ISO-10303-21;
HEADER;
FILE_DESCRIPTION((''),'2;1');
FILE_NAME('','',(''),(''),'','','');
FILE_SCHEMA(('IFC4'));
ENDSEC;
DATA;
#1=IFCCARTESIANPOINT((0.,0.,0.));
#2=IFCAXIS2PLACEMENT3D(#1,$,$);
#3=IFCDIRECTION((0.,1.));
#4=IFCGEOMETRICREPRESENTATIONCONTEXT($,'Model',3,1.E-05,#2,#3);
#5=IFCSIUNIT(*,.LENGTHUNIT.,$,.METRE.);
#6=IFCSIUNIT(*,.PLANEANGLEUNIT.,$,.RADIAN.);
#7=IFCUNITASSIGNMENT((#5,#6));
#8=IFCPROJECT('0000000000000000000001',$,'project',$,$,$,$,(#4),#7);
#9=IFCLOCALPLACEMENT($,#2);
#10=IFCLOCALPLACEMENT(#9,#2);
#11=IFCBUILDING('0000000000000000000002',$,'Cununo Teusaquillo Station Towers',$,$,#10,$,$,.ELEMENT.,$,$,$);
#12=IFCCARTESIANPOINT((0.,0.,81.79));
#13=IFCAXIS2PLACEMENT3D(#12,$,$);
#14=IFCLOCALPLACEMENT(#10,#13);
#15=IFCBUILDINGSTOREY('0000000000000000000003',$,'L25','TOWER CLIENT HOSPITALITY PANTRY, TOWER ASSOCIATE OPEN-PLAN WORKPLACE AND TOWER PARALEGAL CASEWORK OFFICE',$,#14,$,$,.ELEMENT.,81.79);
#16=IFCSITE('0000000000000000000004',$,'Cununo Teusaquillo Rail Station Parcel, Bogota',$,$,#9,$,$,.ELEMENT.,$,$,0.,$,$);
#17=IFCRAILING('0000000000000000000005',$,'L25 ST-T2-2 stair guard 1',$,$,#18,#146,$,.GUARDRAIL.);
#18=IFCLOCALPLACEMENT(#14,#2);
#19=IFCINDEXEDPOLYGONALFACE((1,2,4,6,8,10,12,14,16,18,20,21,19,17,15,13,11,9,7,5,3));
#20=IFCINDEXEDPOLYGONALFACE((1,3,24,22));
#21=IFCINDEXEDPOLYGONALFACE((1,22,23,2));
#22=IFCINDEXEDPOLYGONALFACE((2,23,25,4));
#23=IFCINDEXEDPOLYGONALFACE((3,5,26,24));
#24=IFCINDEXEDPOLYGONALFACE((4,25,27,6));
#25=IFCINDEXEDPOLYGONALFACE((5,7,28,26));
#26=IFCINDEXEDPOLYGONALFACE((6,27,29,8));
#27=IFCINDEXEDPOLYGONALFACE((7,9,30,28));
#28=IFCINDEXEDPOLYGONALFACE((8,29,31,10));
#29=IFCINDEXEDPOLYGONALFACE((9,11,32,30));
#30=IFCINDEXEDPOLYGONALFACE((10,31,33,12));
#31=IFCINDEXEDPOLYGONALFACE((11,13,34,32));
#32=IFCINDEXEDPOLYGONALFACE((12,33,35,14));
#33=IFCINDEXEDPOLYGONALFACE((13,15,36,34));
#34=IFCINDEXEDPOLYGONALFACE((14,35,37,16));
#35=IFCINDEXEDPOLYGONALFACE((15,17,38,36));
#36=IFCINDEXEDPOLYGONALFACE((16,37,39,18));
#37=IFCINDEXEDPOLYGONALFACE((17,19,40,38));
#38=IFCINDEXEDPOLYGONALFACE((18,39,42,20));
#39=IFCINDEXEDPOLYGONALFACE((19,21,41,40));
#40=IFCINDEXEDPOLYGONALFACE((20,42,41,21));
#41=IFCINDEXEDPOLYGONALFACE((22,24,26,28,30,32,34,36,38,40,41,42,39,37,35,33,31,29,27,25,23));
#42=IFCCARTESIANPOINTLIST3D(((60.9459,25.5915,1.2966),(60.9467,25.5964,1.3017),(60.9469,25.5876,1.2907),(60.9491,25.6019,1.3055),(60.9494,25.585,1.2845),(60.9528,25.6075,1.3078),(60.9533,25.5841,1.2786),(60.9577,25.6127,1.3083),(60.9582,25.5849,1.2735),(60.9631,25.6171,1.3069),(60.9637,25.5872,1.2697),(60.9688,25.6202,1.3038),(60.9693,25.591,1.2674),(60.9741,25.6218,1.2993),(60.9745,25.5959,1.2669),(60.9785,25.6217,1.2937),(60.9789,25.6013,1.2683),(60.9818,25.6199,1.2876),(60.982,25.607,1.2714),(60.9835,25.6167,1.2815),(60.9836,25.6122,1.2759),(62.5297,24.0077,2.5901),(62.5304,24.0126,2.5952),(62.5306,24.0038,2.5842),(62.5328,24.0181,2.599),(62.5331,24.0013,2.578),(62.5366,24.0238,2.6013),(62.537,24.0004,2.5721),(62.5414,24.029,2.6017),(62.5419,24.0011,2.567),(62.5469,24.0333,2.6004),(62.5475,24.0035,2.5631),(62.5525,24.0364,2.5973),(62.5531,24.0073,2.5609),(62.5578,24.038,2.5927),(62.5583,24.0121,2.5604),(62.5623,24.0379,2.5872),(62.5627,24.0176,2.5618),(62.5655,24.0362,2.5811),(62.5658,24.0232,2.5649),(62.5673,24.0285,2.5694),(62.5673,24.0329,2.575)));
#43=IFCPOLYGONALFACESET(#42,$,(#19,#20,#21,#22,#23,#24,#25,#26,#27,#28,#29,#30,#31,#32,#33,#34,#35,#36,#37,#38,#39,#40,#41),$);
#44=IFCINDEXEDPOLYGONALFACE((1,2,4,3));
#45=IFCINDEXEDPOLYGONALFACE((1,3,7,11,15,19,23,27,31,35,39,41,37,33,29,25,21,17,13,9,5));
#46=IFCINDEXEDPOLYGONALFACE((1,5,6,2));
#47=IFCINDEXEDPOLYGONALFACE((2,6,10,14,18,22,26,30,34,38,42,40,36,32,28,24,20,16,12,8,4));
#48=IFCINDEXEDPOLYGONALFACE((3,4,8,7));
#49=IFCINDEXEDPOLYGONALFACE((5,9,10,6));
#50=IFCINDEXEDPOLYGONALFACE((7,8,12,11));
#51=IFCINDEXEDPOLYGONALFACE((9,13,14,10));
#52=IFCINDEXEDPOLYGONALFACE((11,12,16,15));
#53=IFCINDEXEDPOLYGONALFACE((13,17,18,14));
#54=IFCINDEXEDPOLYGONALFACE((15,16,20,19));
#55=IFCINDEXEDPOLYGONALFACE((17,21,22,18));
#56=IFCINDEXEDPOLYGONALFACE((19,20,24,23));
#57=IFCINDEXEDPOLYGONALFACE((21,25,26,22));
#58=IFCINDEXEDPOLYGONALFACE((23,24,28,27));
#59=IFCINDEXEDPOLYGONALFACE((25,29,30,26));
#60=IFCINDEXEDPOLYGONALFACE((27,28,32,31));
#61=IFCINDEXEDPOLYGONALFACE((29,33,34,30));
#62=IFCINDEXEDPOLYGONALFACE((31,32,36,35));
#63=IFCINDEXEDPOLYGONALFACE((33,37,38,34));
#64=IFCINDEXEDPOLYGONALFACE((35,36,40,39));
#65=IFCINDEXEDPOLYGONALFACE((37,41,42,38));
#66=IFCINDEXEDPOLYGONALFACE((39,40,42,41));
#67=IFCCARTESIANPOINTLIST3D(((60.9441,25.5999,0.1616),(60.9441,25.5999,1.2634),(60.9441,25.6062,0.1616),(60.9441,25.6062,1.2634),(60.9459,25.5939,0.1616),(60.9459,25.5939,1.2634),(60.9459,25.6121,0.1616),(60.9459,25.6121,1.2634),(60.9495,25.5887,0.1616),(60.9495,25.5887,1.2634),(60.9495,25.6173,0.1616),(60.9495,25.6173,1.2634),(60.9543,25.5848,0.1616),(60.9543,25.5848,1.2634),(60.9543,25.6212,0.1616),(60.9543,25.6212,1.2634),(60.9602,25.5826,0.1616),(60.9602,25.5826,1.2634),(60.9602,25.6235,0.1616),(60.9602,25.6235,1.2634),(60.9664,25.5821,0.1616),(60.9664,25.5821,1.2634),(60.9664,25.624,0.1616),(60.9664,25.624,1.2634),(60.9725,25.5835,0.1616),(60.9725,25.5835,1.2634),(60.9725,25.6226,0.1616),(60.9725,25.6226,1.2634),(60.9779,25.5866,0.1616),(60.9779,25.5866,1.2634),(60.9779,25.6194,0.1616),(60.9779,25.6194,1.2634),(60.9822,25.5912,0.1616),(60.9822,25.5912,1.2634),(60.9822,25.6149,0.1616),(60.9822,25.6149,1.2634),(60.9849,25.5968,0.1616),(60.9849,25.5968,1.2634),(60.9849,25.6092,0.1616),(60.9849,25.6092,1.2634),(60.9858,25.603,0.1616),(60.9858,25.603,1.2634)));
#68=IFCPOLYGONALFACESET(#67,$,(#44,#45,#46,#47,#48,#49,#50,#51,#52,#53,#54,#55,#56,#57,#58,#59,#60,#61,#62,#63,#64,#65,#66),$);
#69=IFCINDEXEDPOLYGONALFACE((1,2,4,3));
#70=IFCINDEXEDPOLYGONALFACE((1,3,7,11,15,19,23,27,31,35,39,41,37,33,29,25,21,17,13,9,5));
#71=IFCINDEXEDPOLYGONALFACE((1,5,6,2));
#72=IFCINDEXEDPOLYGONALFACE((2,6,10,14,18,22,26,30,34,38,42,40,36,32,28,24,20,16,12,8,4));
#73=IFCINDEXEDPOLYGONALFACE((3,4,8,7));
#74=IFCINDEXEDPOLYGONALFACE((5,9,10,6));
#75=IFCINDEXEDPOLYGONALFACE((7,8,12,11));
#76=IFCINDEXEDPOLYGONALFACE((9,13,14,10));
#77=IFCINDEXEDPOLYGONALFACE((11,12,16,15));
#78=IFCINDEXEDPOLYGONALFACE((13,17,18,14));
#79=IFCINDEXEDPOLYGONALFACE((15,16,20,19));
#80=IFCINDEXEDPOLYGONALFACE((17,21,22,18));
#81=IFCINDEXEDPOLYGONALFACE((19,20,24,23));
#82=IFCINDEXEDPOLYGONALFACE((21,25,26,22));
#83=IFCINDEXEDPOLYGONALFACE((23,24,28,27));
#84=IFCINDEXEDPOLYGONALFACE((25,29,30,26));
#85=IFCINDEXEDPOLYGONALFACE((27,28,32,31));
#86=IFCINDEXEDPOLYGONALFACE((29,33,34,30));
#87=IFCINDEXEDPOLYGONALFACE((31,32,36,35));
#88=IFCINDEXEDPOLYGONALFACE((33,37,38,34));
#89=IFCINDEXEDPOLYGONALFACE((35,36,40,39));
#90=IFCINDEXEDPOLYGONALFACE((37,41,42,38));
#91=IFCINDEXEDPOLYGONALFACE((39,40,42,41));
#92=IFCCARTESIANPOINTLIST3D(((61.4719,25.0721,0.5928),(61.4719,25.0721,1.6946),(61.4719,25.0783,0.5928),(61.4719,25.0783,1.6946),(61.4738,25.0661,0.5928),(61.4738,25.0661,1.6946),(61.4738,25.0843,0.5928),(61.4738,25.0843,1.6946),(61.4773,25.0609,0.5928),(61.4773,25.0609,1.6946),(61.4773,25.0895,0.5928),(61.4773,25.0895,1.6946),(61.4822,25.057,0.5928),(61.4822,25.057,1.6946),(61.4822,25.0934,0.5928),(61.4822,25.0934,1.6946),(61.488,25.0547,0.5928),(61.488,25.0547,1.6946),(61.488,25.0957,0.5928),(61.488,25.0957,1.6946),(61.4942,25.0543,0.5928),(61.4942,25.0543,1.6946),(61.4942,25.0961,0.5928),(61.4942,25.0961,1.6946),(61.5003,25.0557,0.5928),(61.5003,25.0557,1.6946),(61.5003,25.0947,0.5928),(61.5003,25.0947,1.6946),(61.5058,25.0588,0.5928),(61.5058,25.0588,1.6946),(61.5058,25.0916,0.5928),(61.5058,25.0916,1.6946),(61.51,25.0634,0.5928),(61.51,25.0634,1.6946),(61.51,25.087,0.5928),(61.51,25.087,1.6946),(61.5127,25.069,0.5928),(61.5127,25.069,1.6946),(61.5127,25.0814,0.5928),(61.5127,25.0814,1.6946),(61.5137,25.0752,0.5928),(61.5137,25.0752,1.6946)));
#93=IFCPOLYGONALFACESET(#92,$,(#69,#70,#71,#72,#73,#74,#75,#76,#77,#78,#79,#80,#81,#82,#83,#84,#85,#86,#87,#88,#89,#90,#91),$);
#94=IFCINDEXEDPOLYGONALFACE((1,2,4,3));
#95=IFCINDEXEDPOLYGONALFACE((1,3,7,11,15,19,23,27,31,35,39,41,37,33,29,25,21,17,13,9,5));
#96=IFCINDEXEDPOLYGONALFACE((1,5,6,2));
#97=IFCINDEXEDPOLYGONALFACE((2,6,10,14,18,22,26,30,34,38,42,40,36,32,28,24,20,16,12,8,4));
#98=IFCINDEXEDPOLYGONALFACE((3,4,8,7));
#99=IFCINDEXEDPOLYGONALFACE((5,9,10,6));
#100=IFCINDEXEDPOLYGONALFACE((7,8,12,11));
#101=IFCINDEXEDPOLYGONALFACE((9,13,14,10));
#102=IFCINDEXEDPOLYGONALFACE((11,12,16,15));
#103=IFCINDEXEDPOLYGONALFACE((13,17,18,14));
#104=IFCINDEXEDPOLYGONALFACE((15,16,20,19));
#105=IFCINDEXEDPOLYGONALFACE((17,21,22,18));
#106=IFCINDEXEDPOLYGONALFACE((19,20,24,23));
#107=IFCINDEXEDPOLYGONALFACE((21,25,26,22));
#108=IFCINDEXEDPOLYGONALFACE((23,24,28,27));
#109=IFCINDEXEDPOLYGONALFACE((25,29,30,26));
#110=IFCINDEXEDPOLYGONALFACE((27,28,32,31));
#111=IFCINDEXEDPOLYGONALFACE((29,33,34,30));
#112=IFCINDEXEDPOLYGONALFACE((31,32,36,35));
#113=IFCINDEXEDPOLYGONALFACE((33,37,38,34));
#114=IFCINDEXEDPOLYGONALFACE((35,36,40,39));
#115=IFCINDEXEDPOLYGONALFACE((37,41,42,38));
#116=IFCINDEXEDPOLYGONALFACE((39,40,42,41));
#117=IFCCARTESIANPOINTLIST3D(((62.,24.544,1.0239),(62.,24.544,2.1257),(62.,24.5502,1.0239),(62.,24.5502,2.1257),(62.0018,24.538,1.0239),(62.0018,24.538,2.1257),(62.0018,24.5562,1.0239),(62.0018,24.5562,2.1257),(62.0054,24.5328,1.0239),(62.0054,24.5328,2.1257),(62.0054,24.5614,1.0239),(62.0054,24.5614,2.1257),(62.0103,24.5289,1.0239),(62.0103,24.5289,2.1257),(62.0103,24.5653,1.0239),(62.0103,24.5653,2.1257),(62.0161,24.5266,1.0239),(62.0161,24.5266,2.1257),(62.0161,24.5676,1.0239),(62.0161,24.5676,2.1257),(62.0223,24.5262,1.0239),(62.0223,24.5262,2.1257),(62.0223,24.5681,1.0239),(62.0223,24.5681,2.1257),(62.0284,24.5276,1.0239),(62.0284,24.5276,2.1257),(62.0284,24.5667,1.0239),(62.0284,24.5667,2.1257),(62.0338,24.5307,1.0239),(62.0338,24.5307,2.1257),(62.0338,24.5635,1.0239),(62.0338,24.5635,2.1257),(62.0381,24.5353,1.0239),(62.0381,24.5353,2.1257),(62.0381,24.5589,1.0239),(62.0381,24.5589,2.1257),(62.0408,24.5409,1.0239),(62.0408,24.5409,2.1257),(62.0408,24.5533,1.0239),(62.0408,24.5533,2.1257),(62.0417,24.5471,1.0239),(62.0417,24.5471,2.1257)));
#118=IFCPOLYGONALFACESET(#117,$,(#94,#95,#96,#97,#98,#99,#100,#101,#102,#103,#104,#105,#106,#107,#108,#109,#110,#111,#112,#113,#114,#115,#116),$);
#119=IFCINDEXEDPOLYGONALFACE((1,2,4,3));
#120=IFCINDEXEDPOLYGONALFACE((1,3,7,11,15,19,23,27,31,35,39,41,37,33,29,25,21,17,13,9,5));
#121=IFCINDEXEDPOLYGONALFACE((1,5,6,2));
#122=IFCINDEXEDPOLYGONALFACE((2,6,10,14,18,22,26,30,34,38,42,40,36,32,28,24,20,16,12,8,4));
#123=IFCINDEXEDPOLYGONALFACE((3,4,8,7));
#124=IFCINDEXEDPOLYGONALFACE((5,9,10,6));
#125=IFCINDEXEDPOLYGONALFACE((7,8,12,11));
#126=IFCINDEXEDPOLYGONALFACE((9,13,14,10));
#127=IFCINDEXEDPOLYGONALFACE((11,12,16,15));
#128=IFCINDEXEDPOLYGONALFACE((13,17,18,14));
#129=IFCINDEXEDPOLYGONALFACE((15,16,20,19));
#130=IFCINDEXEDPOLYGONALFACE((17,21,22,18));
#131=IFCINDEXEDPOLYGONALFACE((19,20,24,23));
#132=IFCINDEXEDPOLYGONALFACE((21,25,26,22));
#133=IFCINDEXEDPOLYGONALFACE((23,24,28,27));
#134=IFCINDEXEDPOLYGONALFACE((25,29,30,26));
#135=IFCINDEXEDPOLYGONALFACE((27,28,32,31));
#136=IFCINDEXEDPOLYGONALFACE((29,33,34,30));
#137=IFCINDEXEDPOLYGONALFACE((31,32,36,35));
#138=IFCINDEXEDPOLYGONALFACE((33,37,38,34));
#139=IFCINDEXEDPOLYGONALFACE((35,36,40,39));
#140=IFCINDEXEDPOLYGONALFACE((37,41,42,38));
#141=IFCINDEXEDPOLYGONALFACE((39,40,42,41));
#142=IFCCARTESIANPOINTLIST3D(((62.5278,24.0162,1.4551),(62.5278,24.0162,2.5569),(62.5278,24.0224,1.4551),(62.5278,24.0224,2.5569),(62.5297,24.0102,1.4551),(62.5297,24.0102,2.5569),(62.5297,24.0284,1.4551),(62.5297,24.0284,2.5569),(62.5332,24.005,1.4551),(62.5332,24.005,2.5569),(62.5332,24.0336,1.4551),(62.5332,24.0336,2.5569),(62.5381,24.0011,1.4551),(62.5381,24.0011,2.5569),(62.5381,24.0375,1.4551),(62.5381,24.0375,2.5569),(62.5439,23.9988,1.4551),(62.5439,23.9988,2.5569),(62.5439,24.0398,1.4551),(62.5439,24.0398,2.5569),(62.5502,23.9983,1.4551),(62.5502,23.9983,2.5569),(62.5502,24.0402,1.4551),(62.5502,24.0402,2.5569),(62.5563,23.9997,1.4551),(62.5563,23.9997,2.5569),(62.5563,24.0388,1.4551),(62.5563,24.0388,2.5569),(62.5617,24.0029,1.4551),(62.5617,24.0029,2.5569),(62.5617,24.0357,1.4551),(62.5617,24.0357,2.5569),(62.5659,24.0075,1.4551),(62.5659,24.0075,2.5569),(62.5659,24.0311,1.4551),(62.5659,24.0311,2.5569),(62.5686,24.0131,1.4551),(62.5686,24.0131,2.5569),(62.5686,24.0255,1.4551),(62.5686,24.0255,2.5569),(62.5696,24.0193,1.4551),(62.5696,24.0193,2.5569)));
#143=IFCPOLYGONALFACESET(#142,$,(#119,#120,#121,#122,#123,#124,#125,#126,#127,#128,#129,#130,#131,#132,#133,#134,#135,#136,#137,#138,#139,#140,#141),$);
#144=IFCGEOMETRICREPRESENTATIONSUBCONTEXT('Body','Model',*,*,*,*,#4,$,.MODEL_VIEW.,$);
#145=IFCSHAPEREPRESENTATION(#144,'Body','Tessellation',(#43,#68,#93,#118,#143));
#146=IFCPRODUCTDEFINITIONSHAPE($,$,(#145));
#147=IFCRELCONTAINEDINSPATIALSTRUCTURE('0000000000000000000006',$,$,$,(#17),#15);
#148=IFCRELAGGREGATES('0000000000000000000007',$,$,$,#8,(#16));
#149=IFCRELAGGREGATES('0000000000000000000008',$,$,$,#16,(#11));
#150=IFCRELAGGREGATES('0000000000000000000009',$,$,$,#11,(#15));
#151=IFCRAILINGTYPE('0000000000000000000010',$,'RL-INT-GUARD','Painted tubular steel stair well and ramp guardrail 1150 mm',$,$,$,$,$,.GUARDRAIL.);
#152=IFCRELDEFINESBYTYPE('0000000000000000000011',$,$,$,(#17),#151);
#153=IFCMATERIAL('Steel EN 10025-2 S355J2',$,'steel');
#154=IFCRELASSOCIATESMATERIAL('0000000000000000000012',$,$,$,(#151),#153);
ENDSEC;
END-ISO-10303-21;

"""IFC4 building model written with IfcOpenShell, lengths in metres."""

from ifc_helpers import new_model, si_unit, direction, frame, origin, origin_2d, place, context, subcontext, project, spatial, circle, extrude, material, type_object, element, save


model = new_model("IFC4")

# Units and contexts
model_context = context("Model", 3, precision=1e-05, world=origin(), true_north=direction((0.0, 1.0)))
body_context = subcontext(model_context, "Body", "Model", "MODEL_VIEW")
ifc_project = project(units=[si_unit("LENGTHUNIT", "METRE"), si_unit("PLANEANGLEUNIT", "RADIAN")], contexts=[model_context])

# Site, building, storey
site_placement = place(None, origin())
site = spatial("IfcSite", under=ifc_project, at=site_placement, Name="Cununo Teusaquillo Rail Station Parcel, Bogota", CompositionType="ELEMENT", RefElevation=0.0)
building_placement = place(site_placement, origin())
building = spatial("IfcBuilding", under=site, at=building_placement, Name="Cununo Teusaquillo Station Towers", CompositionType="ELEMENT")
storey_placement = place(building_placement, frame((0.0, 0.0, 81.79)))
storey = spatial("IfcBuildingStorey", under=building, at=storey_placement, Name="L25", Description="TOWER CLIENT HOSPITALITY PANTRY, TOWER ASSOCIATE OPEN-PLAN WORKPLACE AND TOWER PARALEGAL CASEWORK OFFICE", CompositionType="ELEMENT", Elevation=81.79)

# Railing
ifc_material_1 = material(Name="Steel EN 10025-2 S355J2", Category="steel")
railing_type_1 = type_object("IfcRailingType", Name="RL-INT-GUARD", Description="Painted tubular steel stair well and ramp guardrail 1150 mm", PredefinedType="GUARDRAIL", material=ifc_material_1)
railing_1_placement = place(storey_placement, frame((60.9648, 25.603, 0.1616)))
element("IfcRailing", 1, at=railing_1_placement, inside=storey, type_object=railing_type_1, Name="L25 ST-T2-2 stair guard 1", PredefinedType="GUARDRAIL", context=body_context, shape_type="SweptSolid", body=[
    extrude(circle(Radius=0.0239, at=origin_2d()), frame((0.0, 0.0, 1.126), z_axis=(0.612332, -0.612332, 0.500098), x_axis=(0.707107, 0.707107, 0.0)), (0.0, 0.0, 1.0), 2.5864),
    extrude(circle(Radius=0.021, at=origin_2d()), origin(), (0.0, 0.0, 1.0), 1.1018),
    extrude(circle(Radius=0.021, at=origin_2d()), frame((0.5278, -0.5278, 0.4312)), (0.0, 0.0, 1.0), 1.1018),
    extrude(circle(Radius=0.021, at=origin_2d()), frame((1.0559, -1.0559, 0.8623)), (0.0, 0.0, 1.0), 1.1018),
    extrude(circle(Radius=0.021, at=origin_2d()), frame((1.5837, -1.5837, 1.2935)), (0.0, 0.0, 1.0), 1.1018),
])

save(model, "model.ifc")
